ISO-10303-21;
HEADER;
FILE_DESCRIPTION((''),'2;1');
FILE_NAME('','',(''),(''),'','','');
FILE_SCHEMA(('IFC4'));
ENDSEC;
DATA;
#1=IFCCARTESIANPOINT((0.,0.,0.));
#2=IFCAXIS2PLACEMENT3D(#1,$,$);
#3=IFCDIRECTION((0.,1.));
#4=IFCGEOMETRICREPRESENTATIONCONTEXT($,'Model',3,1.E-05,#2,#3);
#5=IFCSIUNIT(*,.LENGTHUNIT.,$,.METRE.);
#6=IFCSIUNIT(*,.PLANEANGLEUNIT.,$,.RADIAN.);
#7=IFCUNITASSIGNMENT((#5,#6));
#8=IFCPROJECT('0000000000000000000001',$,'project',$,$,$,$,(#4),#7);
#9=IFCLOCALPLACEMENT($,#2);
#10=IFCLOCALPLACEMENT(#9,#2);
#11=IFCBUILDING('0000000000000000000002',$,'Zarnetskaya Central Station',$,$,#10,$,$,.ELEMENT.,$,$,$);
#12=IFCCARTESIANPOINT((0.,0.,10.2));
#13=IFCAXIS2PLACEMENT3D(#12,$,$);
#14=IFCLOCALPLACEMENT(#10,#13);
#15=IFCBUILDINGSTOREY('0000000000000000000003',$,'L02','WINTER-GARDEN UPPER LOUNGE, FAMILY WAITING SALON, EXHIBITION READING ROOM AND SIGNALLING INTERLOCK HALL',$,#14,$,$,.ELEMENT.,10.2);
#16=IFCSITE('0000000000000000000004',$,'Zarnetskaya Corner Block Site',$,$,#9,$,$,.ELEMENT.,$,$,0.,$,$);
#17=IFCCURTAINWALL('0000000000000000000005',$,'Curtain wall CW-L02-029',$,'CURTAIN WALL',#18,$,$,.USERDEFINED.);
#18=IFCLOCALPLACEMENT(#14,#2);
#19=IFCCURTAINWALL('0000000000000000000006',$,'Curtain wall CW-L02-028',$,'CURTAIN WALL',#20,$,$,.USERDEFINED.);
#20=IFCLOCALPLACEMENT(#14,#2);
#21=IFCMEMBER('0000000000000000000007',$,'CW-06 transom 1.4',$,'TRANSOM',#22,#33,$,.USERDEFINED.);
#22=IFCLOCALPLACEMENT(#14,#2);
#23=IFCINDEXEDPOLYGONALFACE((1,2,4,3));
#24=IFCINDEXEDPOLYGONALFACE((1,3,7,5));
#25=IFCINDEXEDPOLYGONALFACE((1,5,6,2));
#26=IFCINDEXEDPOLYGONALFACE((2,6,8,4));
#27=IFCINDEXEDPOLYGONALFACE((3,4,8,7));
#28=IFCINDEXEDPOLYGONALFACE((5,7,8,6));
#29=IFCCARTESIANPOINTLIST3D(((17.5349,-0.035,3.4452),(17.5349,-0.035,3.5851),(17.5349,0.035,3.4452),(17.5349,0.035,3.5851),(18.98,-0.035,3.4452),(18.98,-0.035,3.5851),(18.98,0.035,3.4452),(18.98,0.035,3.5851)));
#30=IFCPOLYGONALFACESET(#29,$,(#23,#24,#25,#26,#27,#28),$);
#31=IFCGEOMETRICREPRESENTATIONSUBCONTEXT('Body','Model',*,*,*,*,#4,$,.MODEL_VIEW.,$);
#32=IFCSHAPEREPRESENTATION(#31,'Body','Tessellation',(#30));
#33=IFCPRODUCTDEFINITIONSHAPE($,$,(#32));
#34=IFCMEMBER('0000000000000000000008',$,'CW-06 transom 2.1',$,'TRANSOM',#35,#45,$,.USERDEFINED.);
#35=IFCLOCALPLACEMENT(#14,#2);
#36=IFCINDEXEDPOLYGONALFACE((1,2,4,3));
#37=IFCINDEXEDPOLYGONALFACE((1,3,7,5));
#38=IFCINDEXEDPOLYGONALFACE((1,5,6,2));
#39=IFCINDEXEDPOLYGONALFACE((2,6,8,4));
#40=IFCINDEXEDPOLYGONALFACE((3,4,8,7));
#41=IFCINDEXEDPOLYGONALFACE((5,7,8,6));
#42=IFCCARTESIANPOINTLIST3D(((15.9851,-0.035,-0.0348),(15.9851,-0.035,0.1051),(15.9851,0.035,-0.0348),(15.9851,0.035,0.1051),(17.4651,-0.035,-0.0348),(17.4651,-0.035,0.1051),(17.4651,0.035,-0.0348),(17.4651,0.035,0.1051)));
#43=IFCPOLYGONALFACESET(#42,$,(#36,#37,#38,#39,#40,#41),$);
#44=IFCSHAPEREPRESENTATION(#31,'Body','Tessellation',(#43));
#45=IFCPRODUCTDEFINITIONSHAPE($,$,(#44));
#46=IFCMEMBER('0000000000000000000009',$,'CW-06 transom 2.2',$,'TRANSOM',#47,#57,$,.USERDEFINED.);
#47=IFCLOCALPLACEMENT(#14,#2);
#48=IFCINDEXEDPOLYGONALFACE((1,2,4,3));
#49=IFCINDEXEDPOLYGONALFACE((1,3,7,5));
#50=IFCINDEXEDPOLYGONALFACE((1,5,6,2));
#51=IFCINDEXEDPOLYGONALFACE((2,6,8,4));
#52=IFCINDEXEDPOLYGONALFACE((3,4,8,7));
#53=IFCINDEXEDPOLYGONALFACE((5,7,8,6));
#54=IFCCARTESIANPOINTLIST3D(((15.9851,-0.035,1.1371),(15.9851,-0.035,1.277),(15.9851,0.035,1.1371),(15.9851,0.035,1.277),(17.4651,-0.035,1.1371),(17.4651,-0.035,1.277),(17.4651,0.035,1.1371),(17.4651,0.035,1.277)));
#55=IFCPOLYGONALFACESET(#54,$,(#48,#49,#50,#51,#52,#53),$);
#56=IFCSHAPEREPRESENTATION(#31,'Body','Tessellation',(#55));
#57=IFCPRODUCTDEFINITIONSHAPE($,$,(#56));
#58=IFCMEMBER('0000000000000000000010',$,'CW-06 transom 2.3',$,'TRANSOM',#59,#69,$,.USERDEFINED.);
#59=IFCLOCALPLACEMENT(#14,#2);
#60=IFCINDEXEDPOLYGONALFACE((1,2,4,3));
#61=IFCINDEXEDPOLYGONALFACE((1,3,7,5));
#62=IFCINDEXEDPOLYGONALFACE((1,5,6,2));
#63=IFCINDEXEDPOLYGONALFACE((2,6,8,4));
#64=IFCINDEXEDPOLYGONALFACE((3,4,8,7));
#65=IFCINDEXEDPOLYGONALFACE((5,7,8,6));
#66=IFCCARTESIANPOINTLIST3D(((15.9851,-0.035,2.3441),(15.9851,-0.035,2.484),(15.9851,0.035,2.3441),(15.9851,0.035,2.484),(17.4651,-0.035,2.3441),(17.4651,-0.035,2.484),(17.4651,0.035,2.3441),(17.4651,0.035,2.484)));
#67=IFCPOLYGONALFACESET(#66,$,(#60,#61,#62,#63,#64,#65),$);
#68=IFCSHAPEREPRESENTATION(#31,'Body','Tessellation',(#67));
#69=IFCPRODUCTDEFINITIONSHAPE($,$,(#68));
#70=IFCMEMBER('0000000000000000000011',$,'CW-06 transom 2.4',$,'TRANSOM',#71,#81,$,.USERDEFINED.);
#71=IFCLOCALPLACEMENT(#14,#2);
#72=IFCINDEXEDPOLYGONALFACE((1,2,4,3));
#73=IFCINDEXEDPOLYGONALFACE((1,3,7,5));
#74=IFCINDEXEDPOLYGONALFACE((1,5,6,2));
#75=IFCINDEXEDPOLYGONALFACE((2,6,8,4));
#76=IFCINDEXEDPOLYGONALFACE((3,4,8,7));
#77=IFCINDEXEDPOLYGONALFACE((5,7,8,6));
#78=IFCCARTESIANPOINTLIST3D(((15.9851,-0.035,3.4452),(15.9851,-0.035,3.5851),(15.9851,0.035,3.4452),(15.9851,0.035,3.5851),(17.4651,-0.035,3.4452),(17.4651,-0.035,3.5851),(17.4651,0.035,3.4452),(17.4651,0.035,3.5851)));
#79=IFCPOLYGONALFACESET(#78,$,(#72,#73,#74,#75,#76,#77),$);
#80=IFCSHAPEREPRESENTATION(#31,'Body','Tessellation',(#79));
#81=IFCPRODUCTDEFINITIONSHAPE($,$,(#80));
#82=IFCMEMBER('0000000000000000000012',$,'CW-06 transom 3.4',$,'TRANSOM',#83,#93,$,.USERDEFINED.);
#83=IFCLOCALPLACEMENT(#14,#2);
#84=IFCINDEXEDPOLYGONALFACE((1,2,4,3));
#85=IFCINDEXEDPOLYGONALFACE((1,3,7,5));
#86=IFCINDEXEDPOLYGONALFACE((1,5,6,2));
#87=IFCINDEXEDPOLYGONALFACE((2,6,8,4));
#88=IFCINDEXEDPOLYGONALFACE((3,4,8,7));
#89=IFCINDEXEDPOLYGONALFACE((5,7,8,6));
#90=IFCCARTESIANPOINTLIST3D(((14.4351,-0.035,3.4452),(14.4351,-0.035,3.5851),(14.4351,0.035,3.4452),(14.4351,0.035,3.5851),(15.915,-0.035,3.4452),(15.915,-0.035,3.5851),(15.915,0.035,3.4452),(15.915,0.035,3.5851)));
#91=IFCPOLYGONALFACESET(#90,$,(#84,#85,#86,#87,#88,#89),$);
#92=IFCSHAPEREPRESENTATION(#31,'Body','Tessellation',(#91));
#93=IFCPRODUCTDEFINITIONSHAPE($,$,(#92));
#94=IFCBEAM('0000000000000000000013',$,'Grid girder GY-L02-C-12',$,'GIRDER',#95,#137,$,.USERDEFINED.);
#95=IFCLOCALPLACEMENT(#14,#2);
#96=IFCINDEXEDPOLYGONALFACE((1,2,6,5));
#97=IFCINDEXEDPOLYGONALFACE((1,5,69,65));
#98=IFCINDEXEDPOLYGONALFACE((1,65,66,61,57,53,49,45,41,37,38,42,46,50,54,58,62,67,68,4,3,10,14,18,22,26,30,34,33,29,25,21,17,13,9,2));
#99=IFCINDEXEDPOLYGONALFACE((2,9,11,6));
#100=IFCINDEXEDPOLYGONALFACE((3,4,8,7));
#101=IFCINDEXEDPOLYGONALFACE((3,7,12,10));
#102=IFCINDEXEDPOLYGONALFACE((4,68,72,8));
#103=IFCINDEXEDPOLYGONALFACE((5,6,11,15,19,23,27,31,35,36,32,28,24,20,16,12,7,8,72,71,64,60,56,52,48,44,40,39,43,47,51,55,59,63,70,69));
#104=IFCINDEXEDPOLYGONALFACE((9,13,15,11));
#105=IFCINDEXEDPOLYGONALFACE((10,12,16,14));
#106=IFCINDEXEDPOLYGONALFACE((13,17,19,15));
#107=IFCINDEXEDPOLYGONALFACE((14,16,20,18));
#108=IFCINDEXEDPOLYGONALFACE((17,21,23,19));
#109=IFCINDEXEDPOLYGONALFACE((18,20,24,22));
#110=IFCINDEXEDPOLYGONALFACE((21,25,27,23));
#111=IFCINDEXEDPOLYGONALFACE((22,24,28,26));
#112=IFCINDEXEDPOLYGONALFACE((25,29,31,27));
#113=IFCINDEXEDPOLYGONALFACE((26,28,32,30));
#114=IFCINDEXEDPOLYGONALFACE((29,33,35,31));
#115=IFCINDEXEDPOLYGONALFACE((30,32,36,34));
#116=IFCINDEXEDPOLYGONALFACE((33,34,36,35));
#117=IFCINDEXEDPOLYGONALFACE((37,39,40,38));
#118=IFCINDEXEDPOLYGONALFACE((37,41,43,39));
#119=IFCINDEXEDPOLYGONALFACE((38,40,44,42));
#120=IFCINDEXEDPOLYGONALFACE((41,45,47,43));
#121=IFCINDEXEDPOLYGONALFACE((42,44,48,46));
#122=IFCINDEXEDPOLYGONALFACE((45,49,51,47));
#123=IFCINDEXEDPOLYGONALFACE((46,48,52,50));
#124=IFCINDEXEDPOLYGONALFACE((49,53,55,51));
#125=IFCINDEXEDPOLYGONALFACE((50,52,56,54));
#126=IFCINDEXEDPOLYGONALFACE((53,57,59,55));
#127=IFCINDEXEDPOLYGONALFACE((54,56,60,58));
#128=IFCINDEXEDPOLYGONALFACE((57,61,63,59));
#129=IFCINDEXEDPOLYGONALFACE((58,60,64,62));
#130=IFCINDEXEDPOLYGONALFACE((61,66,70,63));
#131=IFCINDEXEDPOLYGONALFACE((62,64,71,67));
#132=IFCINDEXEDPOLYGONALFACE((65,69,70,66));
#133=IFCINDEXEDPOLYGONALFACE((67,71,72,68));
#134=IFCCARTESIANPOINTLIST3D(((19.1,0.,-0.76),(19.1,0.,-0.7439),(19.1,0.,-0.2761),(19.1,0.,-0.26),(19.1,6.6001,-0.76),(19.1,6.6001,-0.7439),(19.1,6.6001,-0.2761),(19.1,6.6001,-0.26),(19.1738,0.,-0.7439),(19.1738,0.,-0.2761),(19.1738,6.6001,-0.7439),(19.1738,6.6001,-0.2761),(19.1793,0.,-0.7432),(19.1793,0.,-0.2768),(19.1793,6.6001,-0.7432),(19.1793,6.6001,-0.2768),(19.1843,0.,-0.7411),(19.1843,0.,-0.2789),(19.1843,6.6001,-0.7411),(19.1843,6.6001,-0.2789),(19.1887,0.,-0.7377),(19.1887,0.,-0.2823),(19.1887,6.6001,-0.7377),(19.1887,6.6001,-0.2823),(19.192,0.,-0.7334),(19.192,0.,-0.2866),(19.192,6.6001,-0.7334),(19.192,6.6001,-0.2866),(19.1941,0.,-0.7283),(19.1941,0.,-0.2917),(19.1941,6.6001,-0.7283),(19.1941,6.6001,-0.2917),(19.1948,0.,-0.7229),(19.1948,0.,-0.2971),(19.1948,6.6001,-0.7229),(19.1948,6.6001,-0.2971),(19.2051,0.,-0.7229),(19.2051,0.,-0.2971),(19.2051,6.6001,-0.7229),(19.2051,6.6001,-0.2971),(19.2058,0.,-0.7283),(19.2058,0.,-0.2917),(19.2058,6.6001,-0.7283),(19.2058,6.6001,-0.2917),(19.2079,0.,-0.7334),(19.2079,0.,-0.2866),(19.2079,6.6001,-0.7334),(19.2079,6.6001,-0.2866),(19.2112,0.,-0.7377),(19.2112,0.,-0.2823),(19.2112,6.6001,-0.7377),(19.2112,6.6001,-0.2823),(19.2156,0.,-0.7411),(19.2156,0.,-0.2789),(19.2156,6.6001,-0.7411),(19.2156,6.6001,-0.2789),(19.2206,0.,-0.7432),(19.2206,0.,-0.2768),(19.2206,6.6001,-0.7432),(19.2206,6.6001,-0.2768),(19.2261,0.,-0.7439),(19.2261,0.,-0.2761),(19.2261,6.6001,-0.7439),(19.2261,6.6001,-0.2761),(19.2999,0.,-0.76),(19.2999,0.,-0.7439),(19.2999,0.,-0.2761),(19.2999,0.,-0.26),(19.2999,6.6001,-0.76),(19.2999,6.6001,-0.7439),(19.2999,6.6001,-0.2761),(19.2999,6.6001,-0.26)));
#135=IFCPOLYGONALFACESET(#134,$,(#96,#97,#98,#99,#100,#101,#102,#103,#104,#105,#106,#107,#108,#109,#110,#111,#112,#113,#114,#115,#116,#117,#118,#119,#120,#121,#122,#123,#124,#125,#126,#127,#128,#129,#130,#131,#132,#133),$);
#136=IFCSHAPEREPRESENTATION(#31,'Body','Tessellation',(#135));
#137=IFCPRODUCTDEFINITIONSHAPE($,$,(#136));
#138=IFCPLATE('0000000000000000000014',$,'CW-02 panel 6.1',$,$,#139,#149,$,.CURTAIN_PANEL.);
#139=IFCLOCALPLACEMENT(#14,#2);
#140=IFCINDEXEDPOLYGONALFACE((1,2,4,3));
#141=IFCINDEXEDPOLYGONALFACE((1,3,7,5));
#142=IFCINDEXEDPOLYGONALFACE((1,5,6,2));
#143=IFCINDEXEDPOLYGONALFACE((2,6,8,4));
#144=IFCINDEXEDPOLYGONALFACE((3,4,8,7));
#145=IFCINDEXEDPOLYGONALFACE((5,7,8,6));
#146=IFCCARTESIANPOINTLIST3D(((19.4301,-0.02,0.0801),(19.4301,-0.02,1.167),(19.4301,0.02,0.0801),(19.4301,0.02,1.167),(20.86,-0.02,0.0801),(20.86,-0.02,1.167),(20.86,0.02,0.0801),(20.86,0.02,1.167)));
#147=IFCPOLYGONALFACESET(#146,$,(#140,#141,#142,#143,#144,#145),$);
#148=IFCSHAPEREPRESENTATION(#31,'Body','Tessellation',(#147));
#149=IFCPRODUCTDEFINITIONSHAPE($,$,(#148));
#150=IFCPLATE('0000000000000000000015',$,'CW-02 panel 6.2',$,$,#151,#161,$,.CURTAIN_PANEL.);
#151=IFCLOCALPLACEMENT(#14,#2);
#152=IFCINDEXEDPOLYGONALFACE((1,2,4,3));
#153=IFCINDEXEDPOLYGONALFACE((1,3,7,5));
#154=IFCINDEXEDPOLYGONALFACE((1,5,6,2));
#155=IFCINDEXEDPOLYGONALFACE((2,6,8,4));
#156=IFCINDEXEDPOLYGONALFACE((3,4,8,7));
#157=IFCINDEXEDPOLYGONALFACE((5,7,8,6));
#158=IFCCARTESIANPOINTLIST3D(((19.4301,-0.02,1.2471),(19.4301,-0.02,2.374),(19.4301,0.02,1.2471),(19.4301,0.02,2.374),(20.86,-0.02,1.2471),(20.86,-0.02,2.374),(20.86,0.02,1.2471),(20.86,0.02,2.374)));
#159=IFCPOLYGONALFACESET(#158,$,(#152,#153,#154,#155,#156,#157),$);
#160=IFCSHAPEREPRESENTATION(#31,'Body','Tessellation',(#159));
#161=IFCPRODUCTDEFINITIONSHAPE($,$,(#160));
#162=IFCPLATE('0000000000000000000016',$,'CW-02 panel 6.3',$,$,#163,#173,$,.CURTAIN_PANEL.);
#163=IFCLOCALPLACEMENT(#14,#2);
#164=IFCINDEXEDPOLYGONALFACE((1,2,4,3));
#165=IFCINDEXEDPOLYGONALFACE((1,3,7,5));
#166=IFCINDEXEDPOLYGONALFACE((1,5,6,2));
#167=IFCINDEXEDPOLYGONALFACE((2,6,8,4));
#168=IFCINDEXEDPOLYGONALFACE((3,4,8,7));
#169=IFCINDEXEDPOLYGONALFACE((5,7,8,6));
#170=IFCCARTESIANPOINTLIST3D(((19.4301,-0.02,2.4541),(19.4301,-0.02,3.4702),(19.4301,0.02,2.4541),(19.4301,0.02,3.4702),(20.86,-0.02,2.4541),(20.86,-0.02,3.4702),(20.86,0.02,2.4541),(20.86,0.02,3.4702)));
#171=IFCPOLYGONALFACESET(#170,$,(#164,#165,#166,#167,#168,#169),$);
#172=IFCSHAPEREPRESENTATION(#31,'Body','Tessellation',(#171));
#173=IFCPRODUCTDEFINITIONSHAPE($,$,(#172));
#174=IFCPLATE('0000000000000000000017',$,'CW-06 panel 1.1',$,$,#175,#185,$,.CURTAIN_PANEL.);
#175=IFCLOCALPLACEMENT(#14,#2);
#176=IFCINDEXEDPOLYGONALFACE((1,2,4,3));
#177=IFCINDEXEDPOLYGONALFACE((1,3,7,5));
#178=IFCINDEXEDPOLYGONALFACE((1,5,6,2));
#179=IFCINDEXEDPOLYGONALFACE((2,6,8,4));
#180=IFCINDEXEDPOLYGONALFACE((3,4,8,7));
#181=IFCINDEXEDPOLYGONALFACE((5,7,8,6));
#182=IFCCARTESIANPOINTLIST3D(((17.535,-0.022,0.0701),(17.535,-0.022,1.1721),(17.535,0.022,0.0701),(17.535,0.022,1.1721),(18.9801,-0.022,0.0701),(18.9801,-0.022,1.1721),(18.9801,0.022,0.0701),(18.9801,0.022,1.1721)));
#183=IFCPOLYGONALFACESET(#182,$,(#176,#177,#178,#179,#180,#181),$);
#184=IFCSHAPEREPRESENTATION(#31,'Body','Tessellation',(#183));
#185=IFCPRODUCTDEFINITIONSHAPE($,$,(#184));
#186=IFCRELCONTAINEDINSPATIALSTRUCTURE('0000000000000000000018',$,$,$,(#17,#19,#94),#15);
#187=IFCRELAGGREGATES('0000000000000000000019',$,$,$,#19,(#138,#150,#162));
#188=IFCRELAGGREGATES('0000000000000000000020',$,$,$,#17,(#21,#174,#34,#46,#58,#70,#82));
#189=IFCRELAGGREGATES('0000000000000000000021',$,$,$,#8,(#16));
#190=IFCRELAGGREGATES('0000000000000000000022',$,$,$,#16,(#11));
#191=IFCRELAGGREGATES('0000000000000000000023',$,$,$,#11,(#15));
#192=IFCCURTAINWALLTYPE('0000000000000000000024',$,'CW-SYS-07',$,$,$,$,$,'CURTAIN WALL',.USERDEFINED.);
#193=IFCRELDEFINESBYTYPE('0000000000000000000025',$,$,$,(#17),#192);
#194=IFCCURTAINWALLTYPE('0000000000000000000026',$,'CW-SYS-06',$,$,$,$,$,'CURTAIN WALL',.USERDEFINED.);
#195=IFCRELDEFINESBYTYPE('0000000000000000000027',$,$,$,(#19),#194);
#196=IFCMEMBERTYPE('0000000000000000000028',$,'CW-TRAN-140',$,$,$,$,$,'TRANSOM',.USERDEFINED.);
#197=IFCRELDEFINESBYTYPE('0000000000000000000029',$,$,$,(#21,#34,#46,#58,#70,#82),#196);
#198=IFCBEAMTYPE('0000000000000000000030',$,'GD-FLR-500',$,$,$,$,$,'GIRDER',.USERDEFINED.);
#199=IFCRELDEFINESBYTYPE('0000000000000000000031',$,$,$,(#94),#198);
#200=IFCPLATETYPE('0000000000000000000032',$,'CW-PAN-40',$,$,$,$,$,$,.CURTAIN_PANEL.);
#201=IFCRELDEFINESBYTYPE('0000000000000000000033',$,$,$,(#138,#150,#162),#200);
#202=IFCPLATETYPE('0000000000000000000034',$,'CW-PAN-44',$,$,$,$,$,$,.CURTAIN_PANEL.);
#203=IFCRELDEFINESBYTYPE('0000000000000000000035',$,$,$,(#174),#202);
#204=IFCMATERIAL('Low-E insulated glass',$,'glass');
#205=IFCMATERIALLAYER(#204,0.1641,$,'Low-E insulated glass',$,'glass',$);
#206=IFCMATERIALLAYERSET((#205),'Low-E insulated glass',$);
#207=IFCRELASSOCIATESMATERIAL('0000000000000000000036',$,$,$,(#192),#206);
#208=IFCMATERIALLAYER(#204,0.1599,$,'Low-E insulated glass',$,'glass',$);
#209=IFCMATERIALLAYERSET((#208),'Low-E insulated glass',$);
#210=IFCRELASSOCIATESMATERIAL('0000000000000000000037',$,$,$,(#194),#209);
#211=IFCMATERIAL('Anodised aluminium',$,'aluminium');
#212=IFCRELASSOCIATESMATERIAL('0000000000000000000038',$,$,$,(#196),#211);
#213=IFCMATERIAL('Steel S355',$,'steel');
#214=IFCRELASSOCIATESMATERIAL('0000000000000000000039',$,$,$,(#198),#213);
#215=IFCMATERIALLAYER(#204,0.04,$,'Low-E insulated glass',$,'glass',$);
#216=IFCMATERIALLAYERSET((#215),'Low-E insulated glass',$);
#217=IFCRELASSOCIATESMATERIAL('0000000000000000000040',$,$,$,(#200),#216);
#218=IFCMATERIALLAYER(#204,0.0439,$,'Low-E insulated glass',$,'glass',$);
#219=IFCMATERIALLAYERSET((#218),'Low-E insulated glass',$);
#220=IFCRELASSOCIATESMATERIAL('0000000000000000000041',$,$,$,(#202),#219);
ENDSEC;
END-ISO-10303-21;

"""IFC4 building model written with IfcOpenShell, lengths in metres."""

from ifc_helpers import new_model, si_unit, direction, frame, origin, origin_2d, place, context, subcontext, project, spatial, rectangle, i_section, extrude, material, layer, layer_set, material_profile, profile_set, type_object, element, aggregate, save


model = new_model("IFC4")

# Units and contexts
model_context = context("Model", 3, precision=1e-05, world=origin(), true_north=direction((0.0, 1.0)))
body_context = subcontext(model_context, "Body", "Model", "MODEL_VIEW")
ifc_project = project(units=[si_unit("LENGTHUNIT", "METRE"), si_unit("PLANEANGLEUNIT", "RADIAN")], contexts=[model_context])

# Site, building, storey
site_placement = place(None, origin())
site = spatial("IfcSite", under=ifc_project, at=site_placement, Name="Zarnetskaya Corner Block Site", CompositionType="ELEMENT", RefElevation=0.0)
building_placement = place(site_placement, origin())
building = spatial("IfcBuilding", under=site, at=building_placement, Name="Zarnetskaya Central Station", CompositionType="ELEMENT")
storey_placement = place(building_placement, frame((0.0, 0.0, 10.2)))
storey = spatial("IfcBuildingStorey", under=building, at=storey_placement, Name="L02", Description="WINTER-GARDEN UPPER LOUNGE, FAMILY WAITING SALON, EXHIBITION READING ROOM AND SIGNALLING INTERLOCK HALL", CompositionType="ELEMENT", Elevation=10.2)

# Shared definitions
ifc_material_1 = material(Name="Steel S355", Category="steel")

# Curtain wall
ifc_material_2 = material(Name="Low-E insulated glass", Category="glass")
ifc_layer_1 = layer(ifc_material_2, 0.1641, Name="Low-E insulated glass", Category="glass")
ifc_layer_set_1 = layer_set([ifc_layer_1], Name="Low-E insulated glass")
curtain_wall_type_1 = type_object("IfcCurtainWallType", Name="CW-SYS-07", ElementType="CURTAIN WALL", PredefinedType="USERDEFINED", material=ifc_layer_set_1)
curtain_wall_1_placement = place(storey_placement, origin())
curtain_wall_1 = element("IfcCurtainWall", 1, at=curtain_wall_1_placement, inside=storey, type_object=curtain_wall_type_1, Name="Curtain wall CW-L02-029", ObjectType="CURTAIN WALL", PredefinedType="USERDEFINED")
ifc_material_3 = material(Name="Anodised aluminium", Category="aluminium")

# Curtain wall
ifc_layer_2 = layer(ifc_material_2, 0.1599, Name="Low-E insulated glass", Category="glass")
ifc_layer_set_2 = layer_set([ifc_layer_2], Name="Low-E insulated glass")
curtain_wall_type_2 = type_object("IfcCurtainWallType", Name="CW-SYS-06", ElementType="CURTAIN WALL", PredefinedType="USERDEFINED", material=ifc_layer_set_2)
curtain_wall_2_placement = place(storey_placement, origin())
curtain_wall_2 = element("IfcCurtainWall", 2, at=curtain_wall_2_placement, inside=storey, type_object=curtain_wall_type_2, Name="Curtain wall CW-L02-028", ObjectType="CURTAIN WALL", PredefinedType="USERDEFINED")

# Members
ifc_material_profile_1 = material_profile(ifc_material_3, rectangle(XDim=0.0701, YDim=0.1399, at=origin_2d()), Name="ALU TRAN 70x140")
ifc_profile_set_1 = profile_set([ifc_material_profile_1], Name="Anodised aluminium")
member_type_1 = type_object("IfcMemberType", Name="CW-TRAN-140", ElementType="TRANSOM", PredefinedType="USERDEFINED", material=ifc_profile_set_1)
member_1_placement = place(storey_placement, frame((18.98, 0.0, 3.5151), z_axis=(-1.0, 0.0, 0.0), x_axis=(0.0, -1.0, 0.0)))
member_1 = element("IfcMember", 3, at=member_1_placement, type_object=member_type_1, Name="CW-06 transom 1.4", ObjectType="TRANSOM", PredefinedType="USERDEFINED", context=body_context, shape_type="SweptSolid", body=[
    extrude(rectangle(XDim=0.0701, YDim=0.1399, at=origin_2d()), origin(), (0.0, 0.0, 1.0), 1.4451),
])
member_2_placement = place(storey_placement, frame((17.4651, 0.0, 0.0352), z_axis=(-1.0, 0.0, 0.0), x_axis=(0.0, -1.0, 0.0)))
member_2 = element("IfcMember", 4, at=member_2_placement, type_object=member_type_1, Name="CW-06 transom 2.1", ObjectType="TRANSOM", PredefinedType="USERDEFINED", context=body_context, shape_type="SweptSolid", body=[
    extrude(rectangle(XDim=0.0701, YDim=0.1399, at=origin_2d()), origin(), (0.0, 0.0, 1.0), 1.48),
])
member_3_placement = place(storey_placement, frame((17.4651, 0.0, 1.207), z_axis=(-1.0, 0.0, 0.0), x_axis=(0.0, -1.0, 0.0)))
member_3 = element("IfcMember", 5, at=member_3_placement, type_object=member_type_1, Name="CW-06 transom 2.2", ObjectType="TRANSOM", PredefinedType="USERDEFINED", context=body_context, shape_type="SweptSolid", body=[
    extrude(rectangle(XDim=0.0701, YDim=0.1399, at=origin_2d()), origin(), (0.0, 0.0, 1.0), 1.48),
])
member_4_placement = place(storey_placement, frame((17.4651, 0.0, 2.4141), z_axis=(-1.0, 0.0, 0.0), x_axis=(0.0, -1.0, 0.0)))
member_4 = element("IfcMember", 6, at=member_4_placement, type_object=member_type_1, Name="CW-06 transom 2.3", ObjectType="TRANSOM", PredefinedType="USERDEFINED", context=body_context, shape_type="SweptSolid", body=[
    extrude(rectangle(XDim=0.0701, YDim=0.1399, at=origin_2d()), origin(), (0.0, 0.0, 1.0), 1.48),
])
member_5_placement = place(storey_placement, frame((17.4651, 0.0, 3.5151), z_axis=(-1.0, 0.0, 0.0), x_axis=(0.0, -1.0, 0.0)))
member_5 = element("IfcMember", 7, at=member_5_placement, type_object=member_type_1, Name="CW-06 transom 2.4", ObjectType="TRANSOM", PredefinedType="USERDEFINED", context=body_context, shape_type="SweptSolid", body=[
    extrude(rectangle(XDim=0.0701, YDim=0.1399, at=origin_2d()), origin(), (0.0, 0.0, 1.0), 1.48),
])
member_6_placement = place(storey_placement, frame((15.915, 0.0, 3.5151), z_axis=(-1.0, 0.0, 0.0), x_axis=(0.0, -1.0, 0.0)))
member_6 = element("IfcMember", 8, at=member_6_placement, type_object=member_type_1, Name="CW-06 transom 3.4", ObjectType="TRANSOM", PredefinedType="USERDEFINED", context=body_context, shape_type="SweptSolid", body=[
    extrude(rectangle(XDim=0.0701, YDim=0.1399, at=origin_2d()), origin(), (0.0, 0.0, 1.0), 1.48),
])

# Beam
ifc_material_profile_2 = material_profile(ifc_material_1, i_section(OverallWidth=0.2, OverallDepth=0.5, WebThickness=0.0103, FlangeThickness=0.0161, FilletRadius=0.021, at=origin_2d()), Name="IPE 500")
ifc_profile_set_2 = profile_set([ifc_material_profile_2], Name="Steel S355")
beam_type_1 = type_object("IfcBeamType", Name="GD-FLR-500", ElementType="GIRDER", PredefinedType="USERDEFINED", material=ifc_profile_set_2)
beam_1_placement = place(storey_placement, frame((19.2, 0.0, -0.51), z_axis=(0.0, 1.0, 0.0), x_axis=(-1.0, 0.0, 0.0)))
element("IfcBeam", 9, at=beam_1_placement, inside=storey, type_object=beam_type_1, Name="Grid girder GY-L02-C-12", ObjectType="GIRDER", PredefinedType="USERDEFINED", context=body_context, shape_type="SweptSolid", body=[
    extrude(i_section(OverallWidth=0.2, OverallDepth=0.5, WebThickness=0.0103, FlangeThickness=0.0161, FilletRadius=0.021, at=origin_2d()), origin(), (0.0, 0.0, 1.0), 6.6001),
])

# Plates
ifc_layer_3 = layer(ifc_material_2, 0.04, Name="Low-E insulated glass", Category="glass")
ifc_layer_set_3 = layer_set([ifc_layer_3], Name="Low-E insulated glass")
plate_type_1 = type_object("IfcPlateType", Name="CW-PAN-40", PredefinedType="CURTAIN_PANEL", material=ifc_layer_set_3)
plate_1_placement = place(storey_placement, frame((20.145, 0.0, 0.0801), z_axis=(0.0, 0.0, 1.0), x_axis=(-1.0, 0.0, 0.0)))
plate_1 = element("IfcPlate", 10, at=plate_1_placement, type_object=plate_type_1, Name="CW-02 panel 6.1", PredefinedType="CURTAIN_PANEL", context=body_context, shape_type="SweptSolid", body=[
    extrude(rectangle(XDim=1.4299, YDim=0.04, at=origin_2d()), origin(), (0.0, 0.0, 1.0), 1.0869),
])
plate_2_placement = place(storey_placement, frame((20.145, 0.0, 1.2471), z_axis=(0.0, 0.0, 1.0), x_axis=(-1.0, 0.0, 0.0)))
plate_2 = element("IfcPlate", 11, at=plate_2_placement, type_object=plate_type_1, Name="CW-02 panel 6.2", PredefinedType="CURTAIN_PANEL", context=body_context, shape_type="SweptSolid", body=[
    extrude(rectangle(XDim=1.4299, YDim=0.04, at=origin_2d()), origin(), (0.0, 0.0, 1.0), 1.127),
])
plate_3_placement = place(storey_placement, frame((20.145, 0.0, 2.4541), z_axis=(0.0, 0.0, 1.0), x_axis=(-1.0, 0.0, 0.0)))
plate_3 = element("IfcPlate", 12, at=plate_3_placement, type_object=plate_type_1, Name="CW-02 panel 6.3", PredefinedType="CURTAIN_PANEL", context=body_context, shape_type="SweptSolid", body=[
    extrude(rectangle(XDim=1.4299, YDim=0.04, at=origin_2d()), origin(), (0.0, 0.0, 1.0), 1.0161),
])
aggregate(curtain_wall_2, [plate_1, plate_2, plate_3])
ifc_layer_4 = layer(ifc_material_2, 0.0439, Name="Low-E insulated glass", Category="glass")
ifc_layer_set_4 = layer_set([ifc_layer_4], Name="Low-E insulated glass")
plate_type_2 = type_object("IfcPlateType", Name="CW-PAN-44", PredefinedType="CURTAIN_PANEL", material=ifc_layer_set_4)
plate_4_placement = place(storey_placement, frame((18.2576, 0.0, 0.0701), z_axis=(0.0, 0.0, 1.0), x_axis=(-1.0, 0.0, 0.0)))
plate_4 = element("IfcPlate", 13, at=plate_4_placement, type_object=plate_type_2, Name="CW-06 panel 1.1", PredefinedType="CURTAIN_PANEL", context=body_context, shape_type="SweptSolid", body=[
    extrude(rectangle(XDim=1.4451, YDim=0.0439, at=origin_2d()), origin(), (0.0, 0.0, 1.0), 1.1021),
])
aggregate(curtain_wall_1, [member_1, plate_4, member_2, member_3, member_4, member_5, member_6])

save(model, "model.ifc")
